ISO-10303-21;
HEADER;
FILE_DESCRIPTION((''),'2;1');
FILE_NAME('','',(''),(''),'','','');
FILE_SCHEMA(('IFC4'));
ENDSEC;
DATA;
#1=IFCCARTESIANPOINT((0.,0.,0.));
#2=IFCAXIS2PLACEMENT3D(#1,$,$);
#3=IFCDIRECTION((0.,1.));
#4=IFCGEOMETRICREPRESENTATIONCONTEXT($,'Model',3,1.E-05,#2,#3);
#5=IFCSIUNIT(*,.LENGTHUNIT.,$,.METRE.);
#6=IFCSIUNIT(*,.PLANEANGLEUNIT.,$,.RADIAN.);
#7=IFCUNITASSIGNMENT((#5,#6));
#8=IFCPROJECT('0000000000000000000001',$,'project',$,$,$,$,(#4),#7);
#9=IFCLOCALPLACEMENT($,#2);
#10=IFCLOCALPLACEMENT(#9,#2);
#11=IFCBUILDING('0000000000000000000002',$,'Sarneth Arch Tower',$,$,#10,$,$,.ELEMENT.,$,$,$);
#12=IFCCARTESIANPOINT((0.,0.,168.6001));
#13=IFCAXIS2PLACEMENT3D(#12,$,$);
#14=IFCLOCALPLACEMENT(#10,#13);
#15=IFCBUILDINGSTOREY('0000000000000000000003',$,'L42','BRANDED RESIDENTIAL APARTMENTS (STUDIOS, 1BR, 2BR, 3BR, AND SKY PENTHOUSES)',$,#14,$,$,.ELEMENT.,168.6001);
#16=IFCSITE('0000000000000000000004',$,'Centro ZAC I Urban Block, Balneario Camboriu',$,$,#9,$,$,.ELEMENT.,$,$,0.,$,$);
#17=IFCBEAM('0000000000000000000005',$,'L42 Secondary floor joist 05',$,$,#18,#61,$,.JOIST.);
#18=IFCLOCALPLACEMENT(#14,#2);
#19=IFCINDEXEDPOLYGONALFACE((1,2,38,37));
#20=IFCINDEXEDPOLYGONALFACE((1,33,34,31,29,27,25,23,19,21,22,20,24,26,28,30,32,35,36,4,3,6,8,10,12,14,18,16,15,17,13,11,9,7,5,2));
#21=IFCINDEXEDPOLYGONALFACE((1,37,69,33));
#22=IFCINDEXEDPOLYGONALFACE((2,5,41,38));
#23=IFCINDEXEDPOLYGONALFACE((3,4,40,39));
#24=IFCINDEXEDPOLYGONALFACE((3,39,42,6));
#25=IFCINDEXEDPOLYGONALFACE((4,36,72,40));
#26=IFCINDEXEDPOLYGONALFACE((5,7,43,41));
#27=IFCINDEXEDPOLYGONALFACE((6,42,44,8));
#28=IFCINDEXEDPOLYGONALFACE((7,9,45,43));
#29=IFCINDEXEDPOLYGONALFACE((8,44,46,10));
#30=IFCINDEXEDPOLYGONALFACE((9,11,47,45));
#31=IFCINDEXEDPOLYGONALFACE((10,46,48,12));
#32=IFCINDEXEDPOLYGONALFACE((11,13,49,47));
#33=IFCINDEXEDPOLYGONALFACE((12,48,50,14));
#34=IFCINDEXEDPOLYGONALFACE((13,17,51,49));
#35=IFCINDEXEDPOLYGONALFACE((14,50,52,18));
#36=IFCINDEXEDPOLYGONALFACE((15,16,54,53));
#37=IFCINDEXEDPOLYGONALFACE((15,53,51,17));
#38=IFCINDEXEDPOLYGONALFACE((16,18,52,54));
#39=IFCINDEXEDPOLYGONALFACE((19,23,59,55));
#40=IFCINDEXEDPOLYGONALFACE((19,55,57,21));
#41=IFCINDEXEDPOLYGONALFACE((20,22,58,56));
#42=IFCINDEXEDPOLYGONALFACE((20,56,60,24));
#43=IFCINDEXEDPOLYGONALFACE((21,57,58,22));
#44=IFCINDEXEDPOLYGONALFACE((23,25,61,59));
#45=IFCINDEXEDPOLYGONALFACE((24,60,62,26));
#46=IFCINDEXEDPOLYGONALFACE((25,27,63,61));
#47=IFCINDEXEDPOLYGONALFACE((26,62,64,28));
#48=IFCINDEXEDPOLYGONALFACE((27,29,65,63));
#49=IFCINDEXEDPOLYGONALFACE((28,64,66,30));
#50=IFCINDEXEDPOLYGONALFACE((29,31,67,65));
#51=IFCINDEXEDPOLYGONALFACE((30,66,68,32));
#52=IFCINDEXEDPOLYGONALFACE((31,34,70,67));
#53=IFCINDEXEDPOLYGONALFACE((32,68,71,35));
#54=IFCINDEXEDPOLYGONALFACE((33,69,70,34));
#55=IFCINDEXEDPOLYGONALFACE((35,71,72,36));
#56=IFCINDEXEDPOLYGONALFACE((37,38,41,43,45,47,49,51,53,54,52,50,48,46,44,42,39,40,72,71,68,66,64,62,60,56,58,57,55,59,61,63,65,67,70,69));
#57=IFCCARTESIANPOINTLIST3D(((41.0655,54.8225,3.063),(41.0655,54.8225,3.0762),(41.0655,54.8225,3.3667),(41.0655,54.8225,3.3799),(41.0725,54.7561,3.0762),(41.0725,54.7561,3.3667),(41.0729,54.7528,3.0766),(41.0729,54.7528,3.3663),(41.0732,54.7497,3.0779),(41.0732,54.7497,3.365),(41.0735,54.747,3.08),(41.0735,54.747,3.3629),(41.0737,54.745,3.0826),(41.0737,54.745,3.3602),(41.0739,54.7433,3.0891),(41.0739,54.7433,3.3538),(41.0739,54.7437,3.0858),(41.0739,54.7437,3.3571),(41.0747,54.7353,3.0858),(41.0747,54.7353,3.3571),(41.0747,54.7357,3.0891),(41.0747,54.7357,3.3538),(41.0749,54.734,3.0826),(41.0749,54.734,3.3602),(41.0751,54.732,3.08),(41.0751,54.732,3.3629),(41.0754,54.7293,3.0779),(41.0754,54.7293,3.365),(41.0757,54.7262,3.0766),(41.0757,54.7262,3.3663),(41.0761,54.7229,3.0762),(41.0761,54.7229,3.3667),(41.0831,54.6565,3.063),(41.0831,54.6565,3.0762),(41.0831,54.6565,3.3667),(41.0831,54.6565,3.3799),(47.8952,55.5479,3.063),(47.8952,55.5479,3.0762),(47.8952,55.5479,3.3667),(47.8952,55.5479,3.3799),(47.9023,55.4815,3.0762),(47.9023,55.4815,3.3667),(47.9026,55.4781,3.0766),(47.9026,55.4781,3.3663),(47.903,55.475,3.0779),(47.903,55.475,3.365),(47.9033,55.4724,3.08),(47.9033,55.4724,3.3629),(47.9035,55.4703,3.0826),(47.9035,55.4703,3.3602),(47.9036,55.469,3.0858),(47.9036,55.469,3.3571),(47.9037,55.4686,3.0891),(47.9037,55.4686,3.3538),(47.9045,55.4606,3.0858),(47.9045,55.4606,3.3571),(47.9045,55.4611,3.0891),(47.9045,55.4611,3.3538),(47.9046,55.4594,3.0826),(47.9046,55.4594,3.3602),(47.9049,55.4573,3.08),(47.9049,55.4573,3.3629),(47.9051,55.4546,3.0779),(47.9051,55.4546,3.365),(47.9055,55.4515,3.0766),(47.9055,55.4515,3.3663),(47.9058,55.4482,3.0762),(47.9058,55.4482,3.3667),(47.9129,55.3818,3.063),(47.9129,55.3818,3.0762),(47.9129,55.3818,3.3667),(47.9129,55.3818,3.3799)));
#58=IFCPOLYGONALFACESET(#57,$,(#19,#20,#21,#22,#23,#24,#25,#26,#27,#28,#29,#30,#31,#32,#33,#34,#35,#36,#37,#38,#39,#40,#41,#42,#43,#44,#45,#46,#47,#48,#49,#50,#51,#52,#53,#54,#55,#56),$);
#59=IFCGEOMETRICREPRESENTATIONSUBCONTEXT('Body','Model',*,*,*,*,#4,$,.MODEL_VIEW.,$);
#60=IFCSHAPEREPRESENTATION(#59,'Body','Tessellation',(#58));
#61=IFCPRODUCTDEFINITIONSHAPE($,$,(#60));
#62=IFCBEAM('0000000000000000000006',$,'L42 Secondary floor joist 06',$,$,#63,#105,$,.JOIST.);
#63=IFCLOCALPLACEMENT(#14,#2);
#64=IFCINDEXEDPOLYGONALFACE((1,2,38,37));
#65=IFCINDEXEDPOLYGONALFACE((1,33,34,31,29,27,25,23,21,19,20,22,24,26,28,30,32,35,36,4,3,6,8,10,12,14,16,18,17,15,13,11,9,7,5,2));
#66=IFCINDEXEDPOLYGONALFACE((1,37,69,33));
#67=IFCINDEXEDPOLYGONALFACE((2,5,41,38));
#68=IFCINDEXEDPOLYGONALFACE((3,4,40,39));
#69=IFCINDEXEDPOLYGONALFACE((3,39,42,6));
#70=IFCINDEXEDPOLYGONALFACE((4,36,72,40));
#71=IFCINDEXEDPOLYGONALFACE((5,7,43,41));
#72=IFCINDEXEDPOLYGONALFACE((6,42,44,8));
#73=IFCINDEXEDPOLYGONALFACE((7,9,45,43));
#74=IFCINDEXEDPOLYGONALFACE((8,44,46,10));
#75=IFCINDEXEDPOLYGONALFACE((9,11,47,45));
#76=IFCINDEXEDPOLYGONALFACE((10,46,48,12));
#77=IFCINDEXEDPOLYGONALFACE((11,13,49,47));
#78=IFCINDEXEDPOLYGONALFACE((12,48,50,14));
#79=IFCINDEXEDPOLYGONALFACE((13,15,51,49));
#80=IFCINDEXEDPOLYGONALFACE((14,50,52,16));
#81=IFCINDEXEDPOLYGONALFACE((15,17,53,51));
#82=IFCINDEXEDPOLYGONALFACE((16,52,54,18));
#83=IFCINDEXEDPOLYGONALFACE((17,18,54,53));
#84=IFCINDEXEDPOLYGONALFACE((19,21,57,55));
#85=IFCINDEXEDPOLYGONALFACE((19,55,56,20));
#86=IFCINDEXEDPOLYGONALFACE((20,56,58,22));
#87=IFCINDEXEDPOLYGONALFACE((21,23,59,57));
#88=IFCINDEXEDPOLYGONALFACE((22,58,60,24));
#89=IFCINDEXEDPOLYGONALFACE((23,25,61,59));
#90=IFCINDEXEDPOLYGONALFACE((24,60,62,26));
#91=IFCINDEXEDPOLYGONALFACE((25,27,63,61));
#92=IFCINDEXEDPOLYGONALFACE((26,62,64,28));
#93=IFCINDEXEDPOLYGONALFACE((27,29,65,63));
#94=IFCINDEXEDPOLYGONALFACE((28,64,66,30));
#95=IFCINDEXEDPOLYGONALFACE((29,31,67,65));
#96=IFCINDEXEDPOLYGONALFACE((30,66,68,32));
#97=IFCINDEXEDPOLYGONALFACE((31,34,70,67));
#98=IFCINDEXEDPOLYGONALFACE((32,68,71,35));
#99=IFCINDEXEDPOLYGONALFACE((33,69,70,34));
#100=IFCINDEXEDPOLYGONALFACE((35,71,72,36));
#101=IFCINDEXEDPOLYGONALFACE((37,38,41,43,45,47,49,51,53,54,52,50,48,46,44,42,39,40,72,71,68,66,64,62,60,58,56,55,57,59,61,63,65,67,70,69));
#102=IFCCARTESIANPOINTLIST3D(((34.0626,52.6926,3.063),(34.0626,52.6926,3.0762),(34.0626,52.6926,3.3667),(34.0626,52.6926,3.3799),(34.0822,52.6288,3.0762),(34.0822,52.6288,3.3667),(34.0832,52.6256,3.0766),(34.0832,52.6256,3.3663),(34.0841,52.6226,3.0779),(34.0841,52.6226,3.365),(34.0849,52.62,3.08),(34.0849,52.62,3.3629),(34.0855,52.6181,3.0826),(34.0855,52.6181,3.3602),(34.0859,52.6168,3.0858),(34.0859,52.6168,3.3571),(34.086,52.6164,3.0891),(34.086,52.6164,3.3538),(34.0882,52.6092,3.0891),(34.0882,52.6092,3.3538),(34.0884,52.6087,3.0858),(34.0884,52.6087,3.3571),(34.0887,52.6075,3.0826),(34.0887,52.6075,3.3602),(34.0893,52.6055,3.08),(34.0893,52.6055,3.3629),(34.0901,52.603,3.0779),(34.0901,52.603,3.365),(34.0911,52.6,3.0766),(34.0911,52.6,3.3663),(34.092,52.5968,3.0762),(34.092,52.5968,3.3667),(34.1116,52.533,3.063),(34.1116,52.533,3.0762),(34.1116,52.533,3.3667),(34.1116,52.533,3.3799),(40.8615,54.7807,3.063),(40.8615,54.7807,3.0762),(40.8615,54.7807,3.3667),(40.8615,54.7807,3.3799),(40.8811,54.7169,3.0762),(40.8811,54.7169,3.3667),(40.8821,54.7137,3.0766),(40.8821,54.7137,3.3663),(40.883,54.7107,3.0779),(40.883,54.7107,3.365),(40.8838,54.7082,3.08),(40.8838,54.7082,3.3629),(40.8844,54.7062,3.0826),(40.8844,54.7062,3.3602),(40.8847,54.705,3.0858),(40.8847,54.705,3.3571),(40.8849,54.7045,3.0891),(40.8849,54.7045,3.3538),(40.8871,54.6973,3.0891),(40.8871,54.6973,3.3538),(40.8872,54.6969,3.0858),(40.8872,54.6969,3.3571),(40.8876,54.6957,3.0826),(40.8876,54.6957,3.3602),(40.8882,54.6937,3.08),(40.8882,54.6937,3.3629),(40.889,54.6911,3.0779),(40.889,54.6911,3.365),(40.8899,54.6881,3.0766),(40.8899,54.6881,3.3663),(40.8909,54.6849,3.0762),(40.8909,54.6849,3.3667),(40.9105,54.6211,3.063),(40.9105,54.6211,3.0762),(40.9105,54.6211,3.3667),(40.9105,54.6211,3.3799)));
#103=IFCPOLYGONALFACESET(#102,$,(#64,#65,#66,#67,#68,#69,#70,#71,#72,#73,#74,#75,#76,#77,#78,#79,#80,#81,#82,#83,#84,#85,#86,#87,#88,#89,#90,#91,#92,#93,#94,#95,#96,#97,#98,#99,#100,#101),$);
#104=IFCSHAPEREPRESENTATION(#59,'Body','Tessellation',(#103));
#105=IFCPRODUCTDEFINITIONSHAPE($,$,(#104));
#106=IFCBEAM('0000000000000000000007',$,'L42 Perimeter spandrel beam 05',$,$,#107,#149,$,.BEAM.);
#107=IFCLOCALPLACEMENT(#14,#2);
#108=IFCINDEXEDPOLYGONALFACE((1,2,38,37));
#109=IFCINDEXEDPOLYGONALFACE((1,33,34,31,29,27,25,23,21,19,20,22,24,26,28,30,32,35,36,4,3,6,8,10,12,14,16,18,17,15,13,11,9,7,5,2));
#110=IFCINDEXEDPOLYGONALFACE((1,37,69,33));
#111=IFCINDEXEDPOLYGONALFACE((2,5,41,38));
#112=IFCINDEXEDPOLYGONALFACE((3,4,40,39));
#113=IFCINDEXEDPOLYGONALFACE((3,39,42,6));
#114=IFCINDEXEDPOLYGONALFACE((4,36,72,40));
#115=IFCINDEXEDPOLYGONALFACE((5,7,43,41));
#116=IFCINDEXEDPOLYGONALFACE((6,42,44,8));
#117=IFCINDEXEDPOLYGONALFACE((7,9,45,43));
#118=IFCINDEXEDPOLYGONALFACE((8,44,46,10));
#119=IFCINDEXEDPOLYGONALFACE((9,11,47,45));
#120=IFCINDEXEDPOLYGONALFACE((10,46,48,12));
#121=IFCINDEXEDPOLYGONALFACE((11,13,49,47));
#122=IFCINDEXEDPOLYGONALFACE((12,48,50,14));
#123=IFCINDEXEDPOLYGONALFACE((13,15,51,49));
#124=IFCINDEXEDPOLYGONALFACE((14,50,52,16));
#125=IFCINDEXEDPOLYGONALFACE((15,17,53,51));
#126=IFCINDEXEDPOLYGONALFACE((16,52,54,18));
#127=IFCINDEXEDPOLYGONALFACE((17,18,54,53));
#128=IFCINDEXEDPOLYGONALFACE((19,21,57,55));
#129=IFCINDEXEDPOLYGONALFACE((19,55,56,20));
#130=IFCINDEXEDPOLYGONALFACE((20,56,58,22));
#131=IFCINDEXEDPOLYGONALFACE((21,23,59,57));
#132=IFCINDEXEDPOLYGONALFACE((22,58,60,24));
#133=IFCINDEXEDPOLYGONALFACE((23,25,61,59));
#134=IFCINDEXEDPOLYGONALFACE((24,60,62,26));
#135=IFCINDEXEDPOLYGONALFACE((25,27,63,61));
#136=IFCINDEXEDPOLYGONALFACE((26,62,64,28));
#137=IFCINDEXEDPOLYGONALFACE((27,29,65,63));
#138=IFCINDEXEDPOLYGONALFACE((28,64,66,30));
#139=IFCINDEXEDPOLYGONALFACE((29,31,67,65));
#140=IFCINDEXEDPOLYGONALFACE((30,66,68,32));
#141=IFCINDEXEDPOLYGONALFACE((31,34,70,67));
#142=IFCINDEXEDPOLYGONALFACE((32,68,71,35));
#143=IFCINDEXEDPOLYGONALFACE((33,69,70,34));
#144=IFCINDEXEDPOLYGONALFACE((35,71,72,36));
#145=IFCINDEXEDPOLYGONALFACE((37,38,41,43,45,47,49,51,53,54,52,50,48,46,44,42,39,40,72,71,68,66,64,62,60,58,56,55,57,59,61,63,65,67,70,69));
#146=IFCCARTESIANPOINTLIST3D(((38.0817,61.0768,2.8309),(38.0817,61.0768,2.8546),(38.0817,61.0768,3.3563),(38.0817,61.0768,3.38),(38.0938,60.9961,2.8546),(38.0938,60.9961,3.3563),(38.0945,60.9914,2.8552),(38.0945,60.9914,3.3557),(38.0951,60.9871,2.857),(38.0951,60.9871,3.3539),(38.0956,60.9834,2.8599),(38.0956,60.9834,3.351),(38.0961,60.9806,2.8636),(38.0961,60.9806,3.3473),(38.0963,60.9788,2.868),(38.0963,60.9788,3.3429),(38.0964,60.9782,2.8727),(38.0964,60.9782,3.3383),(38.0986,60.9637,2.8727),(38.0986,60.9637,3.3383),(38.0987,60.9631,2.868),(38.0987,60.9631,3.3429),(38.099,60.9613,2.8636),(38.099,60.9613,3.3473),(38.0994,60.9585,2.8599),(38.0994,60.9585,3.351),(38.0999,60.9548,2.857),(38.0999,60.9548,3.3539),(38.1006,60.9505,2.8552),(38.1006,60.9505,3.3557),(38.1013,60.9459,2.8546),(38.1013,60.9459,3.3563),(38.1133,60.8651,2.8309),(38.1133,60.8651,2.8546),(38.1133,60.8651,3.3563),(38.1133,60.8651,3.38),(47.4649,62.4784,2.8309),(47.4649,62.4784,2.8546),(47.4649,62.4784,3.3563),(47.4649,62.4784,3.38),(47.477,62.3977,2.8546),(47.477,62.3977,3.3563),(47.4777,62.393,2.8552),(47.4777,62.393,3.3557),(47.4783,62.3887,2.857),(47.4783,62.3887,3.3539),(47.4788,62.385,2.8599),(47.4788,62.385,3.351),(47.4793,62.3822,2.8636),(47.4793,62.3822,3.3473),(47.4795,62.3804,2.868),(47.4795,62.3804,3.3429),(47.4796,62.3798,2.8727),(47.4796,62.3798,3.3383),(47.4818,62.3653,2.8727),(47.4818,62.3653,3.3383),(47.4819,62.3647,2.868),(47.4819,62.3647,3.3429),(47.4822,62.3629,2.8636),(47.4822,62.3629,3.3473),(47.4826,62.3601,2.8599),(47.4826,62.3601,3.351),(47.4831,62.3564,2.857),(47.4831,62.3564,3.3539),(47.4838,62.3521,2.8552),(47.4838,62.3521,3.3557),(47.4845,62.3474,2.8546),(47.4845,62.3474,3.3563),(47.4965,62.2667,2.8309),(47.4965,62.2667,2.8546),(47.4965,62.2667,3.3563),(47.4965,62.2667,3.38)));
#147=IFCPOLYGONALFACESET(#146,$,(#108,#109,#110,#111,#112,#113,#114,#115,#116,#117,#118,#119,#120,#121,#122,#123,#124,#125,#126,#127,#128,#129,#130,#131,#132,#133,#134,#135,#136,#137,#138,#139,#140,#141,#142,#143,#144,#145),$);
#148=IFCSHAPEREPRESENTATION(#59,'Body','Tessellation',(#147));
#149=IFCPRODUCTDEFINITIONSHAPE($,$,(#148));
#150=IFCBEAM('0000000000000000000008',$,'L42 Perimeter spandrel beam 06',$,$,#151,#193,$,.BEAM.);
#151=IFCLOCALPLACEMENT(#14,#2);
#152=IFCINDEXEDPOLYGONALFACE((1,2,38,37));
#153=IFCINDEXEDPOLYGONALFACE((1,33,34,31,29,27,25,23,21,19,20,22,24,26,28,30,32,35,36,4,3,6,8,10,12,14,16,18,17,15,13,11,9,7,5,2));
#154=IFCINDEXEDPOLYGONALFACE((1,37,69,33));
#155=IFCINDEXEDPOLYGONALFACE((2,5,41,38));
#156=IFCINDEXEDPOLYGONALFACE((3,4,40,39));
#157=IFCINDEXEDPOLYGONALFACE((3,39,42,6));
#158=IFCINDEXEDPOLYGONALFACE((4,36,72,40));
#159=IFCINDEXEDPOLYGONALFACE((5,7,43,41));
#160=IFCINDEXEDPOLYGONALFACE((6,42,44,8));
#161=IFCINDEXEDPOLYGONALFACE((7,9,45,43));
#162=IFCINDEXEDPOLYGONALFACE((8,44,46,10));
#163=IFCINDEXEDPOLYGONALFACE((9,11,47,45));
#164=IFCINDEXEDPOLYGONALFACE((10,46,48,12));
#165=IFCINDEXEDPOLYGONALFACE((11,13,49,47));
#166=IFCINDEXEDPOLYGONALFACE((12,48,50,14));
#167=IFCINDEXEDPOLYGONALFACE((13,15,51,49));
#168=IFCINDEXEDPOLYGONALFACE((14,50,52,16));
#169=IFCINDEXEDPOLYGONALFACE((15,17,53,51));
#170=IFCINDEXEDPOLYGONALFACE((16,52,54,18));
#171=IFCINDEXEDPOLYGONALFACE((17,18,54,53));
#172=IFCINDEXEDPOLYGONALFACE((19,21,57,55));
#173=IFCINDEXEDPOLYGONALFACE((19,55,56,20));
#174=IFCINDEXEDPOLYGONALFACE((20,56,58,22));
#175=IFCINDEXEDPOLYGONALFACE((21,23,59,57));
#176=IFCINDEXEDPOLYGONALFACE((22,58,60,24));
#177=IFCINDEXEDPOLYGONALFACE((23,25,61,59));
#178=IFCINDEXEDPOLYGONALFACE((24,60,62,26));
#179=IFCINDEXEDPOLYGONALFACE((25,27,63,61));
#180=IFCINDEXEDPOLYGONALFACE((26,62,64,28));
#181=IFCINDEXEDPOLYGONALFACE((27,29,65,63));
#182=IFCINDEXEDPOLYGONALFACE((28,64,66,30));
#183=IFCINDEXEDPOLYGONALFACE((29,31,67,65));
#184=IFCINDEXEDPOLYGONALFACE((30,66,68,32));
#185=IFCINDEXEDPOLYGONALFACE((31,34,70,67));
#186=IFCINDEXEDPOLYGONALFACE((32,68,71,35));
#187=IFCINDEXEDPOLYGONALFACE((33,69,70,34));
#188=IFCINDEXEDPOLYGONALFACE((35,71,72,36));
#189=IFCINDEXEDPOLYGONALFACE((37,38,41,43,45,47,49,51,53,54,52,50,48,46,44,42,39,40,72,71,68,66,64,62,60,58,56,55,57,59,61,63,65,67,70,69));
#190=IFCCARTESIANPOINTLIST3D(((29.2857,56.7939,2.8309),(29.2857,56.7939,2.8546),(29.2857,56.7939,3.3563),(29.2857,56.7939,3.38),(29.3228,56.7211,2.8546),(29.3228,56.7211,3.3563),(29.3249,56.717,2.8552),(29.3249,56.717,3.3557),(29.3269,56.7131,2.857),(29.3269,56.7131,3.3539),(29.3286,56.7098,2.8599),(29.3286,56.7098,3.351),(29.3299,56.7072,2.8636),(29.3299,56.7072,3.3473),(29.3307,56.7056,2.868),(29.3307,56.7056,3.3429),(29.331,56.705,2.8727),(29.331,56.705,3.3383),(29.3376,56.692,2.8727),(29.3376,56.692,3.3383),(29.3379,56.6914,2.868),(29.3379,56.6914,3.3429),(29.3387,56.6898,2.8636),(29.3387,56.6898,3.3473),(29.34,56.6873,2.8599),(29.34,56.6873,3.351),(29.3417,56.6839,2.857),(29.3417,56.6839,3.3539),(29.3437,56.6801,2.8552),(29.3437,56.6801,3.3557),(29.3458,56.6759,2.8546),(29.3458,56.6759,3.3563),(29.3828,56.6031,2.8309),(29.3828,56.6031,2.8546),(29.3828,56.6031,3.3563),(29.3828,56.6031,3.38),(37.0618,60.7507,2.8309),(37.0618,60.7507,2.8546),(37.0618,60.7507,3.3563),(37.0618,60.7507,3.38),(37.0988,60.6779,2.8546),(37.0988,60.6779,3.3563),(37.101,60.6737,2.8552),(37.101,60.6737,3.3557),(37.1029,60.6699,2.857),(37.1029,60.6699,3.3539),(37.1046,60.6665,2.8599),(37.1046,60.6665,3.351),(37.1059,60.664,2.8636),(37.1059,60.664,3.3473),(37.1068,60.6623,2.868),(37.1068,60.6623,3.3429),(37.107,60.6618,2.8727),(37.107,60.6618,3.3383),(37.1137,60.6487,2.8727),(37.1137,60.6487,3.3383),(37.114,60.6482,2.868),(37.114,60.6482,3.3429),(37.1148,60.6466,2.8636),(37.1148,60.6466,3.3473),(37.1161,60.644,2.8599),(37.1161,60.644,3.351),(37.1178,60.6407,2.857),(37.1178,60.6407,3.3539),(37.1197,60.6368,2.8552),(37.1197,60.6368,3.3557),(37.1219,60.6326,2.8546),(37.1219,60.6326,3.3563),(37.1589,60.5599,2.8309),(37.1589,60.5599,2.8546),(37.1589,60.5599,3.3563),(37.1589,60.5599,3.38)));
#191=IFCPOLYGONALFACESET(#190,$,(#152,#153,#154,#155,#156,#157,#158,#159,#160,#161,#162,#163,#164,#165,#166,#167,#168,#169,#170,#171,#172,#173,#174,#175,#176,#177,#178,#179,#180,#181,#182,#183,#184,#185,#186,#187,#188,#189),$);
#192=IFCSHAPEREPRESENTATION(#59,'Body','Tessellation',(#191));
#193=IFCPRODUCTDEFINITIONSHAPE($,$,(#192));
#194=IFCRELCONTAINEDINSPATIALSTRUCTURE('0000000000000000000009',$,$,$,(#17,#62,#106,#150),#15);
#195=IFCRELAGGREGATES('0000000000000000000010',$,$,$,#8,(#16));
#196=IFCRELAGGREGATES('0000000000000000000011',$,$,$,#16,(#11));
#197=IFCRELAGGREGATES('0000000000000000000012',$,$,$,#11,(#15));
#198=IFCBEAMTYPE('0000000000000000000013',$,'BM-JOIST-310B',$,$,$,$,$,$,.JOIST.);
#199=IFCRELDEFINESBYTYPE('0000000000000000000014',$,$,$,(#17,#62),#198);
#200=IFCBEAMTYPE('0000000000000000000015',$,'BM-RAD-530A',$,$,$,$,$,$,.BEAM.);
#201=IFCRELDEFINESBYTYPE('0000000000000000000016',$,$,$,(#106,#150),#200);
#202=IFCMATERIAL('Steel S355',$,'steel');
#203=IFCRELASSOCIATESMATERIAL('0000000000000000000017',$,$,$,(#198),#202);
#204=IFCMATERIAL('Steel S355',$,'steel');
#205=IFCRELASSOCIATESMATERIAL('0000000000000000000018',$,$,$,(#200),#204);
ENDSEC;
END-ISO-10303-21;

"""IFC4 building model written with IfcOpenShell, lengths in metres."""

from ifc_helpers import new_model, si_unit, direction, frame, origin, origin_2d, place, context, subcontext, project, spatial, i_section, extrude, material, material_profile, profile_set, type_object, element, save


model = new_model("IFC4")

# Units and contexts
model_context = context("Model", 3, precision=1e-05, world=origin(), true_north=direction((0.0, 1.0)))
body_context = subcontext(model_context, "Body", "Model", "MODEL_VIEW")
ifc_project = project(units=[si_unit("LENGTHUNIT", "METRE"), si_unit("PLANEANGLEUNIT", "RADIAN")], contexts=[model_context])

# Site, building, storey
site_placement = place(None, origin())
site = spatial("IfcSite", under=ifc_project, at=site_placement, Name="Centro ZAC I Urban Block, Balneario Camboriu", CompositionType="ELEMENT", RefElevation=0.0)
building_placement = place(site_placement, origin())
building = spatial("IfcBuilding", under=site, at=building_placement, Name="Sarneth Arch Tower", CompositionType="ELEMENT")
storey_placement = place(building_placement, frame((0.0, 0.0, 168.6001)))
storey = spatial("IfcBuildingStorey", under=building, at=storey_placement, Name="L42", Description="BRANDED RESIDENTIAL APARTMENTS (STUDIOS, 1BR, 2BR, 3BR, AND SKY PENTHOUSES)", CompositionType="ELEMENT", Elevation=168.6001)

# Beams
ifc_material_1 = material(Name="Steel S355", Category="steel")
ifc_material_profile_1 = material_profile(ifc_material_1, i_section(OverallWidth=0.167, OverallDepth=0.3169, WebThickness=0.0076, FlangeThickness=0.0132, FilletRadius=0.0129, at=origin_2d()), Name="W310x52")
ifc_profile_set_1 = profile_set([ifc_material_profile_1], Name="Steel S355")
beam_type_1 = type_object("IfcBeamType", Name="BM-JOIST-310B", PredefinedType="JOIST", material=ifc_profile_set_1)
beam_1_placement = place(storey_placement, frame((47.9041, 55.4648, 3.2214), z_axis=(-0.994408, -0.105608, 0.0), x_axis=(0.105608, -0.994408, 0.0)))
element("IfcBeam", 1, at=beam_1_placement, inside=storey, type_object=beam_type_1, Name="L42 Secondary floor joist 05", PredefinedType="JOIST", context=body_context, shape_type="SweptSolid", body=[
    extrude(i_section(OverallWidth=0.167, OverallDepth=0.3169, WebThickness=0.0076, FlangeThickness=0.0132, FilletRadius=0.0129, at=origin_2d()), origin(), (0.0, 0.0, 1.0), 6.8682),
])
beam_2_placement = place(storey_placement, frame((40.886, 54.7009, 3.2214), z_axis=(-0.95593, -0.293596, 0.0), x_axis=(0.293596, -0.95593, 0.0)))
element("IfcBeam", 2, at=beam_2_placement, inside=storey, type_object=beam_type_1, Name="L42 Secondary floor joist 06", PredefinedType="JOIST", context=body_context, shape_type="SweptSolid", body=[
    extrude(i_section(OverallWidth=0.167, OverallDepth=0.3169, WebThickness=0.0076, FlangeThickness=0.0132, FilletRadius=0.0129, at=origin_2d()), origin(), (0.0, 0.0, 1.0), 7.1123),
])
ifc_material_2 = material(Name="Steel S355", Category="steel")
ifc_material_profile_2 = material_profile(ifc_material_2, i_section(OverallWidth=0.2141, OverallDepth=0.5491, WebThickness=0.0146, FlangeThickness=0.0237, FilletRadius=0.0181, at=origin_2d()), Name="W530x138")
ifc_profile_set_2 = profile_set([ifc_material_profile_2], Name="Steel S355")
beam_type_2 = type_object("IfcBeamType", Name="BM-RAD-530A", PredefinedType="BEAM", material=ifc_profile_set_2)
beam_3_placement = place(storey_placement, frame((47.4807, 62.3726, 3.1055), z_axis=(-0.989027, -0.147734, 0.0), x_axis=(0.147734, -0.989027, 0.0)))
element("IfcBeam", 3, at=beam_3_placement, inside=storey, type_object=beam_type_2, Name="L42 Perimeter spandrel beam 05", PredefinedType="BEAM", context=body_context, shape_type="SweptSolid", body=[
    extrude(i_section(OverallWidth=0.2141, OverallDepth=0.5491, WebThickness=0.0146, FlangeThickness=0.0237, FilletRadius=0.0181, at=origin_2d()), origin(), (0.0, 0.0, 1.0), 9.4873),
])
beam_4_placement = place(storey_placement, frame((37.1104, 60.6553, 3.1055), z_axis=(-0.891254, -0.453504, 0.0), x_axis=(0.453504, -0.891254, 0.0)))
element("IfcBeam", 4, at=beam_4_placement, inside=storey, type_object=beam_type_2, Name="L42 Perimeter spandrel beam 06", PredefinedType="BEAM", context=body_context, shape_type="SweptSolid", body=[
    extrude(i_section(OverallWidth=0.2141, OverallDepth=0.5491, WebThickness=0.0146, FlangeThickness=0.0237, FilletRadius=0.0181, at=origin_2d()), origin(), (0.0, 0.0, 1.0), 8.7249),
])

save(model, "model.ifc")
